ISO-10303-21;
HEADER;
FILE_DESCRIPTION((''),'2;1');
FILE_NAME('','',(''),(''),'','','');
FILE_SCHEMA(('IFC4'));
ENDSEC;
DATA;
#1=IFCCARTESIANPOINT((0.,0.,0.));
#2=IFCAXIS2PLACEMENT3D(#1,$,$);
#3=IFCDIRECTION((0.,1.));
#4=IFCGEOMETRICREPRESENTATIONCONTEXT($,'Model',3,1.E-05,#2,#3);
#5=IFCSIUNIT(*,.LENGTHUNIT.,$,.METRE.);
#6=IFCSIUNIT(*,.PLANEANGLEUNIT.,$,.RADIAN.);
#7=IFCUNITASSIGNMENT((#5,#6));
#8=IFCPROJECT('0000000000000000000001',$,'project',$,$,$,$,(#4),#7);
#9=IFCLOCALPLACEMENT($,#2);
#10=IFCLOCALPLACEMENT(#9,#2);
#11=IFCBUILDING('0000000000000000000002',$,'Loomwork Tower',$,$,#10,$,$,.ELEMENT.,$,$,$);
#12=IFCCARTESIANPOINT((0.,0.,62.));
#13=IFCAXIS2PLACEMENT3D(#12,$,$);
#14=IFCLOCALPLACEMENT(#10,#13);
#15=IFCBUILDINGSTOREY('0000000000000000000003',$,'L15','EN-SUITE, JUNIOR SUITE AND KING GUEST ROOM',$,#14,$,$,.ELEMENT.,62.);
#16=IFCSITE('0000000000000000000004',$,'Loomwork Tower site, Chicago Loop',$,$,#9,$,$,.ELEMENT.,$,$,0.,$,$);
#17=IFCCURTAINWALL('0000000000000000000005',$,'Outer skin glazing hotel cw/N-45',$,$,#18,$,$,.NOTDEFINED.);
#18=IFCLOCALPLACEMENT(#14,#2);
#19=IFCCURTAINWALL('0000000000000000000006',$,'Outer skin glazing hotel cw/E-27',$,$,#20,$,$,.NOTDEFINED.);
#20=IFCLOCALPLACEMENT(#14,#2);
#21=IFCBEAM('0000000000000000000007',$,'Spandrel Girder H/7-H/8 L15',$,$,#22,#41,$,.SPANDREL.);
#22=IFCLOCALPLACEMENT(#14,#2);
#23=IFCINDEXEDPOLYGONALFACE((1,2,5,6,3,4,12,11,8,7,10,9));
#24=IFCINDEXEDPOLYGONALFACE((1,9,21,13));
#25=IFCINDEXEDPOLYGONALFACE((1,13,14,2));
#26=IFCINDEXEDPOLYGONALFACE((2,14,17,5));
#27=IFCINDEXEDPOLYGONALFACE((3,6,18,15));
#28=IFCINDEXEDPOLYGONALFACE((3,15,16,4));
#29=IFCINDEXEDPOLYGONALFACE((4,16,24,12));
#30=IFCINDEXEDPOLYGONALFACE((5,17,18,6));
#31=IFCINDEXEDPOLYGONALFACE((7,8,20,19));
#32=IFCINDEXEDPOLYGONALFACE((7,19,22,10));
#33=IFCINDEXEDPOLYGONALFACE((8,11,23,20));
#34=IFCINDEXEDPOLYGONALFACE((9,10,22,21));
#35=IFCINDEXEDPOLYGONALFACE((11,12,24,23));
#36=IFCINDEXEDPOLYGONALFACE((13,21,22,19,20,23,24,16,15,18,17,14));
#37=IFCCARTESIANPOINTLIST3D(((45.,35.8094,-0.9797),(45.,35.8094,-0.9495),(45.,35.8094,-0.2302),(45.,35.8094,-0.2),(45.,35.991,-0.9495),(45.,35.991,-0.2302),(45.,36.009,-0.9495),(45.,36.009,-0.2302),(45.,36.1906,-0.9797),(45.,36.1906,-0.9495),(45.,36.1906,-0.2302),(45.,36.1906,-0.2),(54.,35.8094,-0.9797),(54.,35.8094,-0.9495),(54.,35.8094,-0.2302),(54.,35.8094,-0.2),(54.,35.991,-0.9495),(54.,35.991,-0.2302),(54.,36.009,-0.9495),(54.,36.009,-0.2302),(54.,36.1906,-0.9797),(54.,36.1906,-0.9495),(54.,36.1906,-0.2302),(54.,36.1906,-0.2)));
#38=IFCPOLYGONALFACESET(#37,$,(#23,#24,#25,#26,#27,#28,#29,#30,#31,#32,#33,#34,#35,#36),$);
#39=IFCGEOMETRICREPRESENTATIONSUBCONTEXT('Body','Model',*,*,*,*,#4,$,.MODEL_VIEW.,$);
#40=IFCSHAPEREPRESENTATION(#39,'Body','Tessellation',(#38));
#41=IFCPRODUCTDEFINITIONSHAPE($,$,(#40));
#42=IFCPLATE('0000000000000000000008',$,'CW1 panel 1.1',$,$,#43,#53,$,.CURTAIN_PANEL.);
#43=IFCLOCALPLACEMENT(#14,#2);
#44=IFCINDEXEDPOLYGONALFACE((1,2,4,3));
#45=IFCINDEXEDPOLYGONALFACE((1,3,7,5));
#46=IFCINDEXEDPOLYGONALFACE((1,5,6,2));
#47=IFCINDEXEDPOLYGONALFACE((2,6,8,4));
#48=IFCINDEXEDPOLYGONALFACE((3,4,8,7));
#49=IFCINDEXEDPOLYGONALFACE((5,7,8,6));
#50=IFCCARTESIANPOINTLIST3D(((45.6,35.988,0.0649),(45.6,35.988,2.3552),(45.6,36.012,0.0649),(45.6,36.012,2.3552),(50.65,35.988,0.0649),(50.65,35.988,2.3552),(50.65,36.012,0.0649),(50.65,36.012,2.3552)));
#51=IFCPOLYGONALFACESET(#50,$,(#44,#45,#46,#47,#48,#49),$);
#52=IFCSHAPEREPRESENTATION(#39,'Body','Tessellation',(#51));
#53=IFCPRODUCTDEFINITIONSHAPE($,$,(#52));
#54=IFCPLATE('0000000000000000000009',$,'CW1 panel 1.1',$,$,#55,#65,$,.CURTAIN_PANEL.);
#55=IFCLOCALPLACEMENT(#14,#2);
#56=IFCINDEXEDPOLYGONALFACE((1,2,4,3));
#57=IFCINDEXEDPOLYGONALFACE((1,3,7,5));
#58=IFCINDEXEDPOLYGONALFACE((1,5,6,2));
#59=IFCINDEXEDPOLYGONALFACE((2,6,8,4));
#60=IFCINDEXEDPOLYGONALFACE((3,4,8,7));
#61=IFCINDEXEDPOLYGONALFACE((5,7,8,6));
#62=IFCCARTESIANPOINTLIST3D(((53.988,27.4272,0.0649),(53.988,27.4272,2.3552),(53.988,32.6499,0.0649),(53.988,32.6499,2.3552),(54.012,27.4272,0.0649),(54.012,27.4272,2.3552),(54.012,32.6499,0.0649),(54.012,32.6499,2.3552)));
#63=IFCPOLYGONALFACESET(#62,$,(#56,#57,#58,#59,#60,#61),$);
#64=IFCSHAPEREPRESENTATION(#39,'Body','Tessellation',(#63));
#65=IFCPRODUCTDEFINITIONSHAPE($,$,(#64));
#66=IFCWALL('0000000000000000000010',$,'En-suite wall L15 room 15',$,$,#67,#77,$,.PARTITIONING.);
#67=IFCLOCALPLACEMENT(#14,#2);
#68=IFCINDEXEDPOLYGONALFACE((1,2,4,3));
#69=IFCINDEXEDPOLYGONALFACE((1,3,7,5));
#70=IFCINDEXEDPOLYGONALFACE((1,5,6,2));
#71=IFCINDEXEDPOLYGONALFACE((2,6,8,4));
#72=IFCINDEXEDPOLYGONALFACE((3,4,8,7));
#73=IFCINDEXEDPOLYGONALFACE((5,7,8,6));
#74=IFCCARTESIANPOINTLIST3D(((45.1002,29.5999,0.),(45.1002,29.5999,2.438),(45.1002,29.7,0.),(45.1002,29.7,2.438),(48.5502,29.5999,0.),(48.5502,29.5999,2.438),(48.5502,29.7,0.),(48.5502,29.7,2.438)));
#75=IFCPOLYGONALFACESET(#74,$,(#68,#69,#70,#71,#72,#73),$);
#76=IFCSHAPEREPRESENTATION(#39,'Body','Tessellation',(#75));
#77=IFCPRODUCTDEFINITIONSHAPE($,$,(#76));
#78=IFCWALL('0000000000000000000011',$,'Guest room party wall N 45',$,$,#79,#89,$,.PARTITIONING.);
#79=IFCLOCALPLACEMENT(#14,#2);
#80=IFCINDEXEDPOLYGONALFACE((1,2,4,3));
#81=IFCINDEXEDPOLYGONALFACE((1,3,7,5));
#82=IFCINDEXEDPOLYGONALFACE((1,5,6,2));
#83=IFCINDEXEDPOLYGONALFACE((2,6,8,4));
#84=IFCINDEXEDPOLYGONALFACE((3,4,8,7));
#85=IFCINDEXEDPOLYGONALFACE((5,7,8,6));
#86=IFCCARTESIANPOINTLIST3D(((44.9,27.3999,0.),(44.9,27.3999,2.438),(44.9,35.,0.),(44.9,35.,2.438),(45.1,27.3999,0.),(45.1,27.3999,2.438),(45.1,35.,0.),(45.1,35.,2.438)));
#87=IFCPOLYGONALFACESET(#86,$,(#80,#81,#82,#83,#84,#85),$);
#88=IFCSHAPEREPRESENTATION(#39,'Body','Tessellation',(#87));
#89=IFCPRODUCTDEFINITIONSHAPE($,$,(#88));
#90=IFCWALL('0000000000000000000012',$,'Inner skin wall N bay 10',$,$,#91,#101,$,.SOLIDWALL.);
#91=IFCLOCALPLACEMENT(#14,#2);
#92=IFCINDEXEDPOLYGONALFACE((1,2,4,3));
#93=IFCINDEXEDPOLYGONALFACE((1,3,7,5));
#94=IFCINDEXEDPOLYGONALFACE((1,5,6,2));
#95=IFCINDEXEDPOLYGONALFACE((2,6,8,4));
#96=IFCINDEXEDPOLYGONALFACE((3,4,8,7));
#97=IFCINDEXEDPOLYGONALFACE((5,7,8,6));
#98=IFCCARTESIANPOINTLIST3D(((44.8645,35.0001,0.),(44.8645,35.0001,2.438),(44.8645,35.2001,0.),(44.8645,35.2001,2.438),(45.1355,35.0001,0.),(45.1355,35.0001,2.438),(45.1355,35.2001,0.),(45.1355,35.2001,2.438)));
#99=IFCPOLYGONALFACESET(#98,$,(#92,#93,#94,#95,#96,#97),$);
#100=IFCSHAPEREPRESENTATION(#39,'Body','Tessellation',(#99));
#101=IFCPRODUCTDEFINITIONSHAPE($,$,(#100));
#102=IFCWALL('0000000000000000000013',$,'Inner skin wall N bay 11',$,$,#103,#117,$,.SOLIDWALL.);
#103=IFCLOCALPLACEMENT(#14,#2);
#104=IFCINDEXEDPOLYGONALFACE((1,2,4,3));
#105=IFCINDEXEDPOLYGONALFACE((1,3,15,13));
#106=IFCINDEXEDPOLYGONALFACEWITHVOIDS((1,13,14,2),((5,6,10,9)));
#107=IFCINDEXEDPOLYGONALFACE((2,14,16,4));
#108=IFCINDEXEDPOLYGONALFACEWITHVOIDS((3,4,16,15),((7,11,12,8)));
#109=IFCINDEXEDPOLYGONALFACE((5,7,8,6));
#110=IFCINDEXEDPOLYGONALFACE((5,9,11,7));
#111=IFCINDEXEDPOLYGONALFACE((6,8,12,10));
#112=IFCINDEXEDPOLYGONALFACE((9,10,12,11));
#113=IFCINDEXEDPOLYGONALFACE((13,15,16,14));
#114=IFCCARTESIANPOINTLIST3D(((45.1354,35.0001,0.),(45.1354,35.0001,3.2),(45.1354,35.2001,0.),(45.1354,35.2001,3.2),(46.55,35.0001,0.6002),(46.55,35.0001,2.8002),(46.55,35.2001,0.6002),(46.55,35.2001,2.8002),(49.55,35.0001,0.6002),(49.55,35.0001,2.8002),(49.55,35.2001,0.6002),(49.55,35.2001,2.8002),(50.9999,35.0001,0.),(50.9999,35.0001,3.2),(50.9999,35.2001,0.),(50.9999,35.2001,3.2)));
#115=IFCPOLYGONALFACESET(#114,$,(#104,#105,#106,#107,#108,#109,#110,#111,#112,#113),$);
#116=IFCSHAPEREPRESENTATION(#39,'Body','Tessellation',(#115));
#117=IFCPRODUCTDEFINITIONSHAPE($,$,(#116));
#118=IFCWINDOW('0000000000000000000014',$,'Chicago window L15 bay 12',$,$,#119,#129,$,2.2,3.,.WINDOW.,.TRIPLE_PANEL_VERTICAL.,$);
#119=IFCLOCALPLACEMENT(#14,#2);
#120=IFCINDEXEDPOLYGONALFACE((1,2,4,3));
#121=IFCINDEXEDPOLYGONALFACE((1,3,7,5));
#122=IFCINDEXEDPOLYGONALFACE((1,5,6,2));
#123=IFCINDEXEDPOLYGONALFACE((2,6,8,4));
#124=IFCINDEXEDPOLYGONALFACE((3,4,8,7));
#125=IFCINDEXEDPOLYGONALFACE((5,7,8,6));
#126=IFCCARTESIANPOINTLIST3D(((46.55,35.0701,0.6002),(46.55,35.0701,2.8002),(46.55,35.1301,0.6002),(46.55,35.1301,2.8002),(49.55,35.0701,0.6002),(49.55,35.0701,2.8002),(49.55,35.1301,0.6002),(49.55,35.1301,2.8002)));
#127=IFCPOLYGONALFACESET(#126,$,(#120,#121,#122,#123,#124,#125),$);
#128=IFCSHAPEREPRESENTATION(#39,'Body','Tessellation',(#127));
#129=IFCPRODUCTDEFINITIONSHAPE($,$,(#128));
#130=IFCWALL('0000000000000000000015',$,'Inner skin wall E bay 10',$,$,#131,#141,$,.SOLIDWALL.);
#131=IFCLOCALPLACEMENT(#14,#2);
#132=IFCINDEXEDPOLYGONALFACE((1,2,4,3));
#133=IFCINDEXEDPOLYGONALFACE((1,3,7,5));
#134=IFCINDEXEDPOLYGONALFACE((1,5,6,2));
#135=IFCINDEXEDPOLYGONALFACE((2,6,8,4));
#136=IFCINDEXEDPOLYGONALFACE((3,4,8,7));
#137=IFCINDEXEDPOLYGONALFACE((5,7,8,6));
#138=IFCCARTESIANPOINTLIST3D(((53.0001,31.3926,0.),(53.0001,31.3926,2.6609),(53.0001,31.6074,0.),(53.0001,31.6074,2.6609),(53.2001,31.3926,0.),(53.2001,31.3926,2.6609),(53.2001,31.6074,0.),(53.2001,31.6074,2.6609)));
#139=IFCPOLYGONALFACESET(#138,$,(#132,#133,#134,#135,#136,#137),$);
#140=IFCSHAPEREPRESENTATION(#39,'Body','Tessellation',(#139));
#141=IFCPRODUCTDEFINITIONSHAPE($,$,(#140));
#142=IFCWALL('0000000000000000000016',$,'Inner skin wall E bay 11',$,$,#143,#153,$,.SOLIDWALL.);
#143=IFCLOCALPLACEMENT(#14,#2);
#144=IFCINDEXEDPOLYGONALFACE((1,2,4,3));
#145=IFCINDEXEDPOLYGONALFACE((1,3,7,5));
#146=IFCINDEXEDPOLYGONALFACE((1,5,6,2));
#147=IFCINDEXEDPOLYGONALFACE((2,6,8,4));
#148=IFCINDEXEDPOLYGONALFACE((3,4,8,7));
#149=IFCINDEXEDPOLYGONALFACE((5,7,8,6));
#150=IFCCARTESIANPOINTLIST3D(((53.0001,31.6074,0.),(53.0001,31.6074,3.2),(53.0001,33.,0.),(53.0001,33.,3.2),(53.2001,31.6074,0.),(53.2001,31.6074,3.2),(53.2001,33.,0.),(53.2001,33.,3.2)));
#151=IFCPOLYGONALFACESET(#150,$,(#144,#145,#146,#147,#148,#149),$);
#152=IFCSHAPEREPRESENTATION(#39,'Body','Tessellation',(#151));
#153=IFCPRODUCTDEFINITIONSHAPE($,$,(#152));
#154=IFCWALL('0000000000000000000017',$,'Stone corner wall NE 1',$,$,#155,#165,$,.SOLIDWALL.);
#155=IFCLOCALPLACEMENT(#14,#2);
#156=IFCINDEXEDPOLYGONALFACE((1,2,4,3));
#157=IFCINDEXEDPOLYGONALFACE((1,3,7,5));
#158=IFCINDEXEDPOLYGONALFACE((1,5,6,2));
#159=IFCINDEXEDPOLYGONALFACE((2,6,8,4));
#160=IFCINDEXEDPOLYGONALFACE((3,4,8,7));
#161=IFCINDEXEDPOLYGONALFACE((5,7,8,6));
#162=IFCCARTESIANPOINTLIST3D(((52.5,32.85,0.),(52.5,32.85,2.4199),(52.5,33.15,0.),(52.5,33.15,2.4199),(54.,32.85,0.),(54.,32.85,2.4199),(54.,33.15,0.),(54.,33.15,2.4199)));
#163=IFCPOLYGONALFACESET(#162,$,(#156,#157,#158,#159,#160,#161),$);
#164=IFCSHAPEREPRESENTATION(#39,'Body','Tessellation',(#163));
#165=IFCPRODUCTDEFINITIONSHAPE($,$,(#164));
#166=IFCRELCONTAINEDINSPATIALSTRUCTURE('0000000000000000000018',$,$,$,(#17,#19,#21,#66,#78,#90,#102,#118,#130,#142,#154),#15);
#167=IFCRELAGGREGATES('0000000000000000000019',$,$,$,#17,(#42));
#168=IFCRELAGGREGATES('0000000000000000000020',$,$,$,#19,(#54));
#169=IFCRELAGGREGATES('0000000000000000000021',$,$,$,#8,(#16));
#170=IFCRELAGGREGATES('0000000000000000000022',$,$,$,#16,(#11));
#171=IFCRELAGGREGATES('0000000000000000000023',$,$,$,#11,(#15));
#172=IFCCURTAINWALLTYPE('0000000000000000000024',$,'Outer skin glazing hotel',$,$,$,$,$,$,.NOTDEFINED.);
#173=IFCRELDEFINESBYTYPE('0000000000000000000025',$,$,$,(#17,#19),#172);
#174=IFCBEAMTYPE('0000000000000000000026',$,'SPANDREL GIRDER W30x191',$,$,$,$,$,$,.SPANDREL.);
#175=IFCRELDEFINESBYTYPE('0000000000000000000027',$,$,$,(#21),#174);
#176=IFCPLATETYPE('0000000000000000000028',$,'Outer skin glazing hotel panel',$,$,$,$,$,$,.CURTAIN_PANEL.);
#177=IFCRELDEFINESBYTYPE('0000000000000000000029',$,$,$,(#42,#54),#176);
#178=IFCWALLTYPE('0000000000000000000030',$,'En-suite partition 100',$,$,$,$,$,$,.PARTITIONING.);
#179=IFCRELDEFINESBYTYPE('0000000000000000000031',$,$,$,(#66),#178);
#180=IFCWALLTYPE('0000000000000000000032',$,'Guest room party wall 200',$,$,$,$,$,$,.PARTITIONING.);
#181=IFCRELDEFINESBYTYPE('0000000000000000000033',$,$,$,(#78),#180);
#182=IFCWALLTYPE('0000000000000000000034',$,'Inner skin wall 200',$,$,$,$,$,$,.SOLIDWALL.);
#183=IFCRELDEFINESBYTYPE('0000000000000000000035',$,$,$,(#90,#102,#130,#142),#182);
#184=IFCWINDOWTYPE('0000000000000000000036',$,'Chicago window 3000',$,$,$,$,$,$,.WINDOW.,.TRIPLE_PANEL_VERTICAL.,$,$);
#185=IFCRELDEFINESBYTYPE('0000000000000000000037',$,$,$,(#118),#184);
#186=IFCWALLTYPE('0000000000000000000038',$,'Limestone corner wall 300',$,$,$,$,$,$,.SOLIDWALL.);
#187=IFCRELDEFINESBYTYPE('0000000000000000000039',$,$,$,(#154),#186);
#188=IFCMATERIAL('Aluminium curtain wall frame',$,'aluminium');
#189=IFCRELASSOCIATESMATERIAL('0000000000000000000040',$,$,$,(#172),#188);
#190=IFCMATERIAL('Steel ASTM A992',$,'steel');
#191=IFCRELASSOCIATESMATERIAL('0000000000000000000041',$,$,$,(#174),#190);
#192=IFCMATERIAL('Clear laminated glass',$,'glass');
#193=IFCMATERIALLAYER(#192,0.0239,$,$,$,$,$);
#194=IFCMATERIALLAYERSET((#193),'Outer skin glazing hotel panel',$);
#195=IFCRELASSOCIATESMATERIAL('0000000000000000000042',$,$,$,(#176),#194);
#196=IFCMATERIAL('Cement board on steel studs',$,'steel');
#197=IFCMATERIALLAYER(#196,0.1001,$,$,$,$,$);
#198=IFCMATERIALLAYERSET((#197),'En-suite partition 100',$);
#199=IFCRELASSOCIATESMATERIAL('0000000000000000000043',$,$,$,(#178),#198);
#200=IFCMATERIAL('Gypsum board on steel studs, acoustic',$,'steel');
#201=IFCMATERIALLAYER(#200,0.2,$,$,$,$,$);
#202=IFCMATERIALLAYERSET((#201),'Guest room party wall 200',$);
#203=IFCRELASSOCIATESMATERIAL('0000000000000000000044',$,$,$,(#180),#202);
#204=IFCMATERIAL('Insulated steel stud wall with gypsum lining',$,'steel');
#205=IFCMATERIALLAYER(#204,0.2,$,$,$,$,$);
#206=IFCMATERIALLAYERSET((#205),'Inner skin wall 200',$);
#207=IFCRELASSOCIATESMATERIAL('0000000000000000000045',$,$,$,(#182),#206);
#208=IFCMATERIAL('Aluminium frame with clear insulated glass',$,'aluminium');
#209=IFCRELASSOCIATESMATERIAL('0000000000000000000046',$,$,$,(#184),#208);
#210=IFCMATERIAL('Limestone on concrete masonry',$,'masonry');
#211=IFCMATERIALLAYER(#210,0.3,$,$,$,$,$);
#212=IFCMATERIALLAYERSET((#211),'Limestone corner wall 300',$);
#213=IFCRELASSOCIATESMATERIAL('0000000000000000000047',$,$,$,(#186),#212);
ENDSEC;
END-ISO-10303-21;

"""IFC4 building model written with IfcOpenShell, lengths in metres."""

from ifc_helpers import new_model, si_unit, direction, frame, frame_2d, origin, origin_2d, place, context, subcontext, project, spatial, rectangle, i_section, extrude, material, layer, layer_set, material_profile, profile_set, type_object, element, fill, aggregate, save


model = new_model("IFC4")

# Units and contexts
model_context = context("Model", 3, precision=1e-05, world=origin(), true_north=direction((0.0, 1.0)))
body_context = subcontext(model_context, "Body", "Model", "MODEL_VIEW")
ifc_project = project(units=[si_unit("LENGTHUNIT", "METRE"), si_unit("PLANEANGLEUNIT", "RADIAN")], contexts=[model_context])

# Site, building, storey
site_placement = place(None, origin())
site = spatial("IfcSite", under=ifc_project, at=site_placement, Name="Loomwork Tower site, Chicago Loop", CompositionType="ELEMENT", RefElevation=0.0)
building_placement = place(site_placement, origin())
building = spatial("IfcBuilding", under=site, at=building_placement, Name="Loomwork Tower", CompositionType="ELEMENT")
storey_placement = place(building_placement, frame((0.0, 0.0, 62.0)))
storey = spatial("IfcBuildingStorey", under=building, at=storey_placement, Name="L15", Description="EN-SUITE, JUNIOR SUITE AND KING GUEST ROOM", CompositionType="ELEMENT", Elevation=62.0)

# Shared definitions
ifc_material_1 = material(Name="Aluminium curtain wall frame", Category="aluminium")
curtain_wall_type = type_object("IfcCurtainWallType", Name="Outer skin glazing hotel", PredefinedType="NOTDEFINED", material=ifc_material_1)

# Curtain walls
curtain_wall_1_placement = place(storey_placement, origin())
curtain_wall_1 = element("IfcCurtainWall", 1, at=curtain_wall_1_placement, inside=storey, type_object=curtain_wall_type, Name="Outer skin glazing hotel cw/N-45", PredefinedType="NOTDEFINED")
curtain_wall_2_placement = place(storey_placement, origin())
curtain_wall_2 = element("IfcCurtainWall", 2, at=curtain_wall_2_placement, inside=storey, type_object=curtain_wall_type, Name="Outer skin glazing hotel cw/E-27", PredefinedType="NOTDEFINED")

# Beam
ifc_material_2 = material(Name="Steel ASTM A992", Category="steel")
ifc_material_profile_1 = material_profile(ifc_material_2, i_section(OverallWidth=0.3811, OverallDepth=0.7798, WebThickness=0.0181, FlangeThickness=0.0303, at=origin_2d()), Name="W30x191")
ifc_profile_set_1 = profile_set([ifc_material_profile_1], Name="Steel ASTM A992")
beam_type_1 = type_object("IfcBeamType", Name="SPANDREL GIRDER W30x191", PredefinedType="SPANDREL", material=ifc_profile_set_1)
beam_1_placement = place(storey_placement, frame((45.0, 36.0, -0.5898), z_axis=(1.0, 0.0, 0.0), x_axis=(0.0, 1.0, 0.0)))
element("IfcBeam", 3, at=beam_1_placement, inside=storey, type_object=beam_type_1, Name="Spandrel Girder H/7-H/8 L15", PredefinedType="SPANDREL", context=body_context, shape_type="SweptSolid", body=[
    extrude(i_section(OverallWidth=0.3811, OverallDepth=0.7798, WebThickness=0.0181, FlangeThickness=0.0303, at=origin_2d()), origin(), (0.0, 0.0, 1.0), 9.0),
])

# Plates
ifc_material_3 = material(Name="Clear laminated glass", Category="glass")
ifc_layer_1 = layer(ifc_material_3, 0.0239)
ifc_layer_set_1 = layer_set([ifc_layer_1], Name="Outer skin glazing hotel panel")
plate_type = type_object("IfcPlateType", Name="Outer skin glazing hotel panel", PredefinedType="CURTAIN_PANEL", material=ifc_layer_set_1)
plate_1_placement = place(storey_placement, frame((48.125, 36.0, 0.0649), z_axis=(0.0, 0.0, 1.0), x_axis=(-1.0, 0.0, 0.0)))
plate_1 = element("IfcPlate", 4, at=plate_1_placement, type_object=plate_type, Name="CW1 panel 1.1", PredefinedType="CURTAIN_PANEL", context=body_context, shape_type="SweptSolid", body=[
    extrude(rectangle(XDim=5.05, YDim=0.0239, at=origin_2d()), origin(), (0.0, 0.0, 1.0), 2.2903),
])
aggregate(curtain_wall_1, [plate_1])
plate_2_placement = place(storey_placement, frame((54.0, 30.0386, 0.0649), z_axis=(0.0, 0.0, 1.0), x_axis=(0.0, 1.0, 0.0)))
plate_2 = element("IfcPlate", 5, at=plate_2_placement, type_object=plate_type, Name="CW1 panel 1.1", PredefinedType="CURTAIN_PANEL", context=body_context, shape_type="SweptSolid", body=[
    extrude(rectangle(XDim=5.2227, YDim=0.0239, at=origin_2d()), origin(), (0.0, 0.0, 1.0), 2.2903),
])
aggregate(curtain_wall_2, [plate_2])

# Walls
ifc_material_4 = material(Name="Cement board on steel studs", Category="steel")
ifc_layer_2 = layer(ifc_material_4, 0.1001)
ifc_layer_set_2 = layer_set([ifc_layer_2], Name="En-suite partition 100")
wall_type_1 = type_object("IfcWallType", Name="En-suite partition 100", PredefinedType="PARTITIONING", material=ifc_layer_set_2)
wall_1_placement = place(storey_placement, frame((45.1001, 29.6499, 0.0), z_axis=(0.0, 0.0, 1.0), x_axis=(1.0, 0.0, 0.0)))
element("IfcWall", 6, at=wall_1_placement, inside=storey, type_object=wall_type_1, Name="En-suite wall L15 room 15", PredefinedType="PARTITIONING", context=body_context, shape_type="SweptSolid", body=[
    extrude(rectangle(XDim=3.45, YDim=0.1001, at=frame_2d((1.7251, 0.0))), origin(), (0.0, 0.0, 1.0), 2.438),
])
ifc_material_5 = material(Name="Gypsum board on steel studs, acoustic", Category="steel")
ifc_layer_3 = layer(ifc_material_5, 0.2)
ifc_layer_set_3 = layer_set([ifc_layer_3], Name="Guest room party wall 200")
wall_type_2 = type_object("IfcWallType", Name="Guest room party wall 200", PredefinedType="PARTITIONING", material=ifc_layer_set_3)
wall_2_placement = place(storey_placement, frame((45.0, 27.3999, 0.0), z_axis=(0.0, 0.0, 1.0), x_axis=(0.0, 1.0, 0.0)))
element("IfcWall", 7, at=wall_2_placement, inside=storey, type_object=wall_type_2, Name="Guest room party wall N 45", PredefinedType="PARTITIONING", context=body_context, shape_type="SweptSolid", body=[
    extrude(rectangle(XDim=7.6001, YDim=0.2, at=frame_2d((3.8, 0.0))), origin(), (0.0, 0.0, 1.0), 2.438),
])
ifc_material_6 = material(Name="Insulated steel stud wall with gypsum lining", Category="steel")
ifc_layer_4 = layer(ifc_material_6, 0.2)
ifc_layer_set_4 = layer_set([ifc_layer_4], Name="Inner skin wall 200")
wall_type_3 = type_object("IfcWallType", Name="Inner skin wall 200", PredefinedType="SOLIDWALL", material=ifc_layer_set_4)
wall_3_placement = place(storey_placement, frame((44.8645, 35.1001, 0.0), z_axis=(0.0, 0.0, 1.0), x_axis=(1.0, 0.0, 0.0)))
element("IfcWall", 8, at=wall_3_placement, inside=storey, type_object=wall_type_3, Name="Inner skin wall N bay 10", PredefinedType="SOLIDWALL", context=body_context, shape_type="SweptSolid", body=[
    extrude(rectangle(XDim=0.271, YDim=0.2, at=frame_2d((0.1355, 0.0))), origin(), (0.0, 0.0, 1.0), 2.438),
])

# Wall, opening, window
wall_4_placement = place(storey_placement, frame((45.1355, 35.1001, 0.0), z_axis=(0.0, 0.0, 1.0), x_axis=(1.0, 0.0, 0.0)))
wall_4 = element("IfcWall", 9, at=wall_4_placement, inside=storey, type_object=wall_type_3, Name="Inner skin wall N bay 11", PredefinedType="SOLIDWALL", context=body_context, shape_type="SweptSolid", body=[
    extrude(rectangle(XDim=5.8645, YDim=0.2, at=frame_2d((2.9321, 0.0))), origin(), (0.0, 0.0, 1.0), 3.2),
])
opening_1_placement = place(wall_4_placement, frame((1.4146, 0.0, 0.6001)))
opening_1 = element("IfcOpeningElement", 10, at=opening_1_placement, cuts=wall_4, PredefinedType="OPENING", context=body_context, shape_type="SweptSolid", body=[
    extrude(rectangle(XDim=3.0, YDim=2.2, at=frame_2d((1.5, 1.1001))), frame((0.0, 0.1099, 0.0), z_axis=(0.0, -1.0, 0.0), x_axis=(1.0, 0.0, 0.0)), (0.0, 0.0, 1.0), 0.22),
])
ifc_material_7 = material(Name="Aluminium frame with clear insulated glass", Category="aluminium")
window_type_1 = type_object("IfcWindowType", Name="Chicago window 3000", PartitioningType="TRIPLE_PANEL_VERTICAL", PredefinedType="WINDOW", material=ifc_material_7)
window_1_placement = place(opening_1_placement, origin())
window_1 = element("IfcWindow", 11, at=window_1_placement, inside=storey, type_object=window_type_1, Name="Chicago window L15 bay 12", OverallHeight=2.2, OverallWidth=3.0, PartitioningType="TRIPLE_PANEL_VERTICAL", PredefinedType="WINDOW", context=body_context, shape_type="SweptSolid", body=[
    extrude(rectangle(XDim=3.0, YDim=2.2, at=frame_2d((1.5, 1.1001))), frame((0.0, 0.03, 0.0), z_axis=(0.0, -1.0, 0.0), x_axis=(1.0, 0.0, 0.0)), (0.0, 0.0, 1.0), 0.0601),
])
fill(opening_1, window_1)

# Walls
wall_5_placement = place(storey_placement, frame((53.1001, 31.3926, 0.0), z_axis=(0.0, 0.0, 1.0), x_axis=(0.0, 1.0, 0.0)))
element("IfcWall", 12, at=wall_5_placement, inside=storey, type_object=wall_type_3, Name="Inner skin wall E bay 10", PredefinedType="SOLIDWALL", context=body_context, shape_type="SweptSolid", body=[
    extrude(rectangle(XDim=0.2148, YDim=0.2, at=frame_2d((0.1074, 0.0))), origin(), (0.0, 0.0, 1.0), 2.6609),
])
wall_6_placement = place(storey_placement, frame((53.1001, 31.6074, 0.0), z_axis=(0.0, 0.0, 1.0), x_axis=(0.0, 1.0, 0.0)))
element("IfcWall", 13, at=wall_6_placement, inside=storey, type_object=wall_type_3, Name="Inner skin wall E bay 11", PredefinedType="SOLIDWALL", context=body_context, shape_type="SweptSolid", body=[
    extrude(rectangle(XDim=1.3926, YDim=0.2, at=frame_2d((0.6963, 0.0))), origin(), (0.0, 0.0, 1.0), 3.2),
])
ifc_material_8 = material(Name="Limestone on concrete masonry", Category="masonry")
ifc_layer_5 = layer(ifc_material_8, 0.3)
ifc_layer_set_5 = layer_set([ifc_layer_5], Name="Limestone corner wall 300")
wall_type_4 = type_object("IfcWallType", Name="Limestone corner wall 300", PredefinedType="SOLIDWALL", material=ifc_layer_set_5)
wall_7_placement = place(storey_placement, frame((54.0, 33.0, 0.0), z_axis=(0.0, 0.0, 1.0), x_axis=(-1.0, 0.0, 0.0)))
element("IfcWall", 14, at=wall_7_placement, inside=storey, type_object=wall_type_4, Name="Stone corner wall NE 1", PredefinedType="SOLIDWALL", context=body_context, shape_type="SweptSolid", body=[
    extrude(rectangle(XDim=1.5, YDim=0.3, at=frame_2d((0.75, 0.0))), origin(), (0.0, 0.0, 1.0), 2.4199),
])

save(model, "model.ifc")
